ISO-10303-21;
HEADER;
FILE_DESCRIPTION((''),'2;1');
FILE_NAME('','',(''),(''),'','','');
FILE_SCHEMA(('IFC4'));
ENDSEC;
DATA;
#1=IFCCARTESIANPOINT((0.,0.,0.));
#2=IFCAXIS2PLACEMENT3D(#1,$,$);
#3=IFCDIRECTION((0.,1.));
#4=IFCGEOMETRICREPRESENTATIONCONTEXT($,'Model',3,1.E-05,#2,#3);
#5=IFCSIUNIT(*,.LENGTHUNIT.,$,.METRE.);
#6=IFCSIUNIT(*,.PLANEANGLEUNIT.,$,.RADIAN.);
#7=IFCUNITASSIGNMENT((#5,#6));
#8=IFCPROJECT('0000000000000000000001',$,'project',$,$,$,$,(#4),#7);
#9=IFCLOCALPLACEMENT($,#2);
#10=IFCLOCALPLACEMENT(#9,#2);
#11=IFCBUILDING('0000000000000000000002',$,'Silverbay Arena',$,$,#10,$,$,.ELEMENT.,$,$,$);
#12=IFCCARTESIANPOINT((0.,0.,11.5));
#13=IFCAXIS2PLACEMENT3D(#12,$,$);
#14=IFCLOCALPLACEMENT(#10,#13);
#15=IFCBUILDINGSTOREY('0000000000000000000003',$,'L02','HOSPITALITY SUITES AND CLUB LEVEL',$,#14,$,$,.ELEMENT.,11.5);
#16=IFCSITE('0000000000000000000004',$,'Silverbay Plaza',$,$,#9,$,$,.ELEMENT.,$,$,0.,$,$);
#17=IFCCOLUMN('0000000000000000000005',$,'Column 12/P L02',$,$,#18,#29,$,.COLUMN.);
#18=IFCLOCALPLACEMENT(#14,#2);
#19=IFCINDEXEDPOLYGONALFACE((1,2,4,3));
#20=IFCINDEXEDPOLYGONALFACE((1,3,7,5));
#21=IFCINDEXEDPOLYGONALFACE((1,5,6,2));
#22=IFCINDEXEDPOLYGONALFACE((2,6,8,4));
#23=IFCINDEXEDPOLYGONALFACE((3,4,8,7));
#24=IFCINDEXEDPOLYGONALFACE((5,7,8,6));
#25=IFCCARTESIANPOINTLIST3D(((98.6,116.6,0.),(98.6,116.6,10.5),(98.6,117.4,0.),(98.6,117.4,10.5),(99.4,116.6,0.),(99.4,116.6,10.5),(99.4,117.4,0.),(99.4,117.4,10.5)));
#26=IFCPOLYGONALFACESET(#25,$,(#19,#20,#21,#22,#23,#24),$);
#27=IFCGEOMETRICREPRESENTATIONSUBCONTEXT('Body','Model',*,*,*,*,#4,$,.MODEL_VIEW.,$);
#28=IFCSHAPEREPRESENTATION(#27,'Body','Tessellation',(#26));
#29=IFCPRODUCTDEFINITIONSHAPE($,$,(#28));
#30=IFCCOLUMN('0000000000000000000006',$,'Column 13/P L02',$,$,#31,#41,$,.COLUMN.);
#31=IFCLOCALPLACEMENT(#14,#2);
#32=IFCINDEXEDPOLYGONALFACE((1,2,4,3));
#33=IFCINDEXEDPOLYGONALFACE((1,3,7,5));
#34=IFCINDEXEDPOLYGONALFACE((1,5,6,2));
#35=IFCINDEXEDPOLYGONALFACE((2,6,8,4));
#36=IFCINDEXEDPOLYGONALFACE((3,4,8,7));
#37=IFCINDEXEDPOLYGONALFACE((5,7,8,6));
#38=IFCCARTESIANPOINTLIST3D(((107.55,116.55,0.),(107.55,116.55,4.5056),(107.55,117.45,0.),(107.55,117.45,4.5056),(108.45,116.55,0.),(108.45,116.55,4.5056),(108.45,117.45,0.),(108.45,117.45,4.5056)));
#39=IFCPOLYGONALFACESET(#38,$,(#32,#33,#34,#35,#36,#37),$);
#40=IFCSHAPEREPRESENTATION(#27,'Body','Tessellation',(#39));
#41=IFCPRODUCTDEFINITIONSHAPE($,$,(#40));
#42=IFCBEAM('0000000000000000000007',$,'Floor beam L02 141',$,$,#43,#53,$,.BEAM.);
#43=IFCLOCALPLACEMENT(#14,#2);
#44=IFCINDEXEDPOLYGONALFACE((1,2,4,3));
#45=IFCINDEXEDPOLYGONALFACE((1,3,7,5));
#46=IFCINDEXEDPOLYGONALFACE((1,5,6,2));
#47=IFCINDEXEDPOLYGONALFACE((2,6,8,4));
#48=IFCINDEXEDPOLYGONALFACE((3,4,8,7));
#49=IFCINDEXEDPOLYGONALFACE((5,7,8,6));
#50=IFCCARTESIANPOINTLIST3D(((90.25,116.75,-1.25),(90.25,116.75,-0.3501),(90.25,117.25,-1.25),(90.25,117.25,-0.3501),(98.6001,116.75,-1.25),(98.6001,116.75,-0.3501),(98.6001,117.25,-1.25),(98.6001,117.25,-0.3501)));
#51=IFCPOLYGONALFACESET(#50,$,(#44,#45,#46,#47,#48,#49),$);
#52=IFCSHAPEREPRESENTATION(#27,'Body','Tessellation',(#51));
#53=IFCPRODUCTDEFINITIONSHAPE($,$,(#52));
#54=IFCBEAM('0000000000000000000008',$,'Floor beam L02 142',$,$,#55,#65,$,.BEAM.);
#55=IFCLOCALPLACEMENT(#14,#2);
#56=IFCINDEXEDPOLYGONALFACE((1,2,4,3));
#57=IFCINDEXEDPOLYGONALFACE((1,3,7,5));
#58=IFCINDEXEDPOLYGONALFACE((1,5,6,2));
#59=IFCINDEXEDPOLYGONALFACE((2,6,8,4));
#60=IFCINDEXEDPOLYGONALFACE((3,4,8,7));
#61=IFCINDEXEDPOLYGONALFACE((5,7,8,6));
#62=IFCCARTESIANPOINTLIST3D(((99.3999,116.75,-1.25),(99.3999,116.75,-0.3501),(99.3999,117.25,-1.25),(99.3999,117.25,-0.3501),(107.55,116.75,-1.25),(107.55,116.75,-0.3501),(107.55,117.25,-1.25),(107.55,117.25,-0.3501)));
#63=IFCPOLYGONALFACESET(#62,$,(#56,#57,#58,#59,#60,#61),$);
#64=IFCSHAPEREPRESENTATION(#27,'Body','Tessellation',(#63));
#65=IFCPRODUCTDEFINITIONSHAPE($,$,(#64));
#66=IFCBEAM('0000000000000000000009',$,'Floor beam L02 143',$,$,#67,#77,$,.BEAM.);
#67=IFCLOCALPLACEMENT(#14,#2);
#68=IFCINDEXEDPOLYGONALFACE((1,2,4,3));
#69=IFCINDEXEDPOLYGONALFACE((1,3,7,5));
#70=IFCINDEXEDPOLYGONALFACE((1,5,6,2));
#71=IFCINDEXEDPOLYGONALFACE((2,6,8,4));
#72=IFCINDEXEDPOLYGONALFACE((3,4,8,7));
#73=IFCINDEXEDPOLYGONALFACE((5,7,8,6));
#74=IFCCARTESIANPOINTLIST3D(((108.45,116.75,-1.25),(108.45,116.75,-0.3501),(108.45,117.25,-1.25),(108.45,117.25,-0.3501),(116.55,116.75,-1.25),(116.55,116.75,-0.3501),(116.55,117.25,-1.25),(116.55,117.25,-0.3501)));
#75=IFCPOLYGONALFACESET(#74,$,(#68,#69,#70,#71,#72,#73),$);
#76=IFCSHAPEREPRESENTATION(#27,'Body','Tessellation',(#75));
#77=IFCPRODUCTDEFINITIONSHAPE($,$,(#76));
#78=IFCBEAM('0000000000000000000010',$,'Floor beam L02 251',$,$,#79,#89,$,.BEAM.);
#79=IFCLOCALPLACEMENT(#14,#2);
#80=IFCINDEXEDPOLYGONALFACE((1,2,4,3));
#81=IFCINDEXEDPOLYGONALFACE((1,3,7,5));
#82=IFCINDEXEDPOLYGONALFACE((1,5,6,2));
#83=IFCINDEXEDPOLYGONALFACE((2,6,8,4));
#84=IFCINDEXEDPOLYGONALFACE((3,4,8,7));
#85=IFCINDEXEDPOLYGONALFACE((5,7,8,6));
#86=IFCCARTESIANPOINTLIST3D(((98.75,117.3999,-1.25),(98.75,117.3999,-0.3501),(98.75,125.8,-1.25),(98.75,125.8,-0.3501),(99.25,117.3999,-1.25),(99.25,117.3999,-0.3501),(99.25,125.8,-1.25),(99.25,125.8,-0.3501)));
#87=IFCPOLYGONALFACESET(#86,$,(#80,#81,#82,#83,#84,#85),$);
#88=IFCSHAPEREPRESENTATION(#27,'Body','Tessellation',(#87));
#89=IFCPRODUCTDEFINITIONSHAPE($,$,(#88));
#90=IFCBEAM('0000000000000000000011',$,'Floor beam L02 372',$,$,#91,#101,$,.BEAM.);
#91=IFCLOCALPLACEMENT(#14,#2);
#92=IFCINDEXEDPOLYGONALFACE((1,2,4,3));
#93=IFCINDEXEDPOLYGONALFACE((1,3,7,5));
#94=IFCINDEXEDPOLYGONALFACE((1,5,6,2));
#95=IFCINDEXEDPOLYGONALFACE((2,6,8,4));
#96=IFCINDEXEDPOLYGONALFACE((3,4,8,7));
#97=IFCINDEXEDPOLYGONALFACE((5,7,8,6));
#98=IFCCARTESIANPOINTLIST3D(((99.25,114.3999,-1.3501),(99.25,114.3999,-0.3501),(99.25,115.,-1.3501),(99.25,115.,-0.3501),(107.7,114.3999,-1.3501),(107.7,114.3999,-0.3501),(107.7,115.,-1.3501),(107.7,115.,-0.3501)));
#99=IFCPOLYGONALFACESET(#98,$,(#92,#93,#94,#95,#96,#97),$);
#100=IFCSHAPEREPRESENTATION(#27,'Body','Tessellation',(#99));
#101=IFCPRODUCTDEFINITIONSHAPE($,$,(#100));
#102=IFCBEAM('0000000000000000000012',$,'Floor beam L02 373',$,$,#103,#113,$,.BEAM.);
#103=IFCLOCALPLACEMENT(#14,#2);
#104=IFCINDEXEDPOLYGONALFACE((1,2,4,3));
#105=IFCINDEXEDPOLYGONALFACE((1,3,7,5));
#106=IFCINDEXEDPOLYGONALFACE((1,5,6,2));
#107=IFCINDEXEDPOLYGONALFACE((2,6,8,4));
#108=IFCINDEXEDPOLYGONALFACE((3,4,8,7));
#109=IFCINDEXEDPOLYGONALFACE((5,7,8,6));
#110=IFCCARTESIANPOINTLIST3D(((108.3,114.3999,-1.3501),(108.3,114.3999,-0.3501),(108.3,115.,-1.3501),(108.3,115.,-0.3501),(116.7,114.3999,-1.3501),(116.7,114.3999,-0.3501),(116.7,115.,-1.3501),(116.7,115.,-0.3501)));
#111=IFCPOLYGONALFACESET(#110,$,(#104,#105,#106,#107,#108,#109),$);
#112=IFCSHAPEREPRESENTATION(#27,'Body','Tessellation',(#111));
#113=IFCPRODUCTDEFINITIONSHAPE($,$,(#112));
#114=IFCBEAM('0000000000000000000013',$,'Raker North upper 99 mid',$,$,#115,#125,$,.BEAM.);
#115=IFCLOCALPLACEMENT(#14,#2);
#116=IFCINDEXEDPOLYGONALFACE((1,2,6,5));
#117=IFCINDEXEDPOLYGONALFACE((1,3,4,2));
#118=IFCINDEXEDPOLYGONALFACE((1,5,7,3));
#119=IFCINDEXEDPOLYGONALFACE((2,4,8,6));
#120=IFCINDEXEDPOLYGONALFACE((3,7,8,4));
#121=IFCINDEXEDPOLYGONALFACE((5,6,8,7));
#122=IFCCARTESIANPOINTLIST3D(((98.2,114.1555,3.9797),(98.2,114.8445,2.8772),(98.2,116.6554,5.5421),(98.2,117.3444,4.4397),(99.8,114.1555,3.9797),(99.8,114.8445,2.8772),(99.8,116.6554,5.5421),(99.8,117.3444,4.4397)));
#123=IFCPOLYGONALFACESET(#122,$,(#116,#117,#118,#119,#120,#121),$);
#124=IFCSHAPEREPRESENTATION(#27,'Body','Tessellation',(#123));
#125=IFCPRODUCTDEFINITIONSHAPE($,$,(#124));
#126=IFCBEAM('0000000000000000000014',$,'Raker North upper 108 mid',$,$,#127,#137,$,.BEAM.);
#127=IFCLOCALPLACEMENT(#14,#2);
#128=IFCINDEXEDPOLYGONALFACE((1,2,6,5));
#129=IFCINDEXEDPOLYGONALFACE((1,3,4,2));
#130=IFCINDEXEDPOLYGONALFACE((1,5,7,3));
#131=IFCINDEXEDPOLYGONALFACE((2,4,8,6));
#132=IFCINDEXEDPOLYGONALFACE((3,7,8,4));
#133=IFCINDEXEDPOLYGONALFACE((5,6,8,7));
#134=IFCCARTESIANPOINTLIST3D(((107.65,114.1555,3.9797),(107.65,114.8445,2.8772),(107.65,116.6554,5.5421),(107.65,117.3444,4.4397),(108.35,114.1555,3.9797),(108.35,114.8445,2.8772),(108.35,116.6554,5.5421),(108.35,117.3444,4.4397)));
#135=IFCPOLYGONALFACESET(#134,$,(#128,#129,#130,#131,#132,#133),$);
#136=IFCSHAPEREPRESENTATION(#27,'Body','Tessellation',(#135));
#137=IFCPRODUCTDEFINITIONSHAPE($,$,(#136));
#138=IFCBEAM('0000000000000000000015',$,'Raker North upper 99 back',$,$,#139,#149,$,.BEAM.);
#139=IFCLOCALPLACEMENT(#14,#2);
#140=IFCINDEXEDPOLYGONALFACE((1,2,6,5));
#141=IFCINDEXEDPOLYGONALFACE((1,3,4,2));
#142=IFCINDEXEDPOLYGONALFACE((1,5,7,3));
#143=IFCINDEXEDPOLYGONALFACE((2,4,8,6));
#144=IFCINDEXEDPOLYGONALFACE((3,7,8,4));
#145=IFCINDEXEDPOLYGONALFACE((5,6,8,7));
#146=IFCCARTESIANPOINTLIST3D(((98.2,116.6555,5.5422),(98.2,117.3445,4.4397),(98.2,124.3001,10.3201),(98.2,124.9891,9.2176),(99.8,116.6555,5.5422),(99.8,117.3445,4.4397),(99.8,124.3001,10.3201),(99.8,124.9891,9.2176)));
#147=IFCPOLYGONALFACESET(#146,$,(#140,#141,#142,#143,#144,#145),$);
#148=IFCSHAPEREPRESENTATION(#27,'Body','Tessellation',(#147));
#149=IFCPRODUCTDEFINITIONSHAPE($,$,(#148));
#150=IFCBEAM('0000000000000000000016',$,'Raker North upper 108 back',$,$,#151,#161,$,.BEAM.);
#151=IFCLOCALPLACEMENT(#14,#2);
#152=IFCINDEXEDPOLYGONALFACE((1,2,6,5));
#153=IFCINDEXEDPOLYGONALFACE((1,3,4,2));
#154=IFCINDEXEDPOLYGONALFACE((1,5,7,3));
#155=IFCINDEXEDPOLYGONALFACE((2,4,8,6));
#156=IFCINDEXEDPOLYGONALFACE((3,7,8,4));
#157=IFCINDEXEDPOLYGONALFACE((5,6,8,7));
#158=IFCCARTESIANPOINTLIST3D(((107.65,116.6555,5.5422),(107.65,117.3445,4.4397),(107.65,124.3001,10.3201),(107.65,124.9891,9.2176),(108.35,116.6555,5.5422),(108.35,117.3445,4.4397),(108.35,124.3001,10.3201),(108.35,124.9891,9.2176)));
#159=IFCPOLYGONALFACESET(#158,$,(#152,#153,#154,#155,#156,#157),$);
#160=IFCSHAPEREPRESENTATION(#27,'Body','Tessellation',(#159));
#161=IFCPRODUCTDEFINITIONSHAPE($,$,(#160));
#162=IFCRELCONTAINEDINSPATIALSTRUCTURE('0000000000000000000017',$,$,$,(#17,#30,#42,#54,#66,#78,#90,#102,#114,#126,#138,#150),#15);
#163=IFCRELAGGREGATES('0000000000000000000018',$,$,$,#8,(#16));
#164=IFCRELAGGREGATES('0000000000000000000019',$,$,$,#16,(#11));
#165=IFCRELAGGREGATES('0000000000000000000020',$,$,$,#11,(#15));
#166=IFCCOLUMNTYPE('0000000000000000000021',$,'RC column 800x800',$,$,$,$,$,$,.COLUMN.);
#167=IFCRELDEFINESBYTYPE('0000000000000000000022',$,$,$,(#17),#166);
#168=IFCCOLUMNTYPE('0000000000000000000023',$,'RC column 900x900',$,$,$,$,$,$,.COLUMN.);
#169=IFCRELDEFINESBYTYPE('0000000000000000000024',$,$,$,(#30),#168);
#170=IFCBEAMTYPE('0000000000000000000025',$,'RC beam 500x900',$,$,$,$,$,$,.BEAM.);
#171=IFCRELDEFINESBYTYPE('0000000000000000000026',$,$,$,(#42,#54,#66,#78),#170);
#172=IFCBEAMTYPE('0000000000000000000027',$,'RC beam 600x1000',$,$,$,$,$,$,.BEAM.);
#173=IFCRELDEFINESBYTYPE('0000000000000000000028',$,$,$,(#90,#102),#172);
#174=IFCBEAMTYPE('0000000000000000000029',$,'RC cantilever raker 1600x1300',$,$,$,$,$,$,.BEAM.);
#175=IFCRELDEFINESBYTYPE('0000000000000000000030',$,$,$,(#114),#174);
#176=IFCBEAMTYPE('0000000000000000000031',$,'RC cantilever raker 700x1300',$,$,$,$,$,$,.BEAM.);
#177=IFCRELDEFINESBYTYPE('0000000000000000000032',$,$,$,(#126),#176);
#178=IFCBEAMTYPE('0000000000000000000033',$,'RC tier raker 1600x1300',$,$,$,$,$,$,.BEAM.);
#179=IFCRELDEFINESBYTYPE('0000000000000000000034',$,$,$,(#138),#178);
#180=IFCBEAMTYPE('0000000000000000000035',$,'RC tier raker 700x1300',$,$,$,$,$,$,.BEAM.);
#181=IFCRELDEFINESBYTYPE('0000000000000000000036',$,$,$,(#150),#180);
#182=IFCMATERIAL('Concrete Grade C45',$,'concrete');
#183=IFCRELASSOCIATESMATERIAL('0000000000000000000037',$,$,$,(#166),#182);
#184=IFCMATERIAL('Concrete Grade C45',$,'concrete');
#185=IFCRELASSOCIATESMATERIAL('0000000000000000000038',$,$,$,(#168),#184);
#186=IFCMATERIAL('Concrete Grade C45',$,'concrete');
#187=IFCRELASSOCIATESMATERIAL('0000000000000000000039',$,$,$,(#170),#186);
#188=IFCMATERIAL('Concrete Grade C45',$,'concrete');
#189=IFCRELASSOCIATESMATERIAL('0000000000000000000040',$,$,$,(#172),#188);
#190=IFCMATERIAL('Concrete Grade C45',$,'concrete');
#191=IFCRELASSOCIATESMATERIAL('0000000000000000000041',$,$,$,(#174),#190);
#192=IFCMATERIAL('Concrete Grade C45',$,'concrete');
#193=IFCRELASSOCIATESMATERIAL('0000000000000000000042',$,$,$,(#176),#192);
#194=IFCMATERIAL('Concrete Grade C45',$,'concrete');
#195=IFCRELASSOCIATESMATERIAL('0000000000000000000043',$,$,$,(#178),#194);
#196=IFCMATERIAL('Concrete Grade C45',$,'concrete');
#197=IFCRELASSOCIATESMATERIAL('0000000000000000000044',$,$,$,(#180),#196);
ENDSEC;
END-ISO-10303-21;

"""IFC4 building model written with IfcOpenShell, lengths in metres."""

from ifc_helpers import new_model, si_unit, direction, frame, origin, origin_2d, place, context, subcontext, project, spatial, rectangle, extrude, material, material_profile, profile_set, type_object, element, save


model = new_model("IFC4")

# Units and contexts
model_context = context("Model", 3, precision=1e-05, world=origin(), true_north=direction((0.0, 1.0)))
body_context = subcontext(model_context, "Body", "Model", "MODEL_VIEW")
ifc_project = project(units=[si_unit("LENGTHUNIT", "METRE"), si_unit("PLANEANGLEUNIT", "RADIAN")], contexts=[model_context])

# Site, building, storey
site_placement = place(None, origin())
site = spatial("IfcSite", under=ifc_project, at=site_placement, Name="Silverbay Plaza", CompositionType="ELEMENT", RefElevation=0.0)
building_placement = place(site_placement, origin())
building = spatial("IfcBuilding", under=site, at=building_placement, Name="Silverbay Arena", CompositionType="ELEMENT")
storey_placement = place(building_placement, frame((0.0, 0.0, 11.5)))
storey = spatial("IfcBuildingStorey", under=building, at=storey_placement, Name="L02", Description="HOSPITALITY SUITES AND CLUB LEVEL", CompositionType="ELEMENT", Elevation=11.5)

# Columns
ifc_material_1 = material(Name="Concrete Grade C45", Category="concrete")
ifc_material_profile_1 = material_profile(ifc_material_1, rectangle(XDim=0.8, YDim=0.8, at=origin_2d()), Name="RC 800x800")
ifc_profile_set_1 = profile_set([ifc_material_profile_1], Name="Concrete Grade C45")
column_type_1 = type_object("IfcColumnType", Name="RC column 800x800", PredefinedType="COLUMN", material=ifc_profile_set_1)
column_1_placement = place(storey_placement, frame((99.0, 117.0, 0.0), z_axis=(0.0, 0.0, 1.0), x_axis=(1.0, 0.0, 0.0)))
element("IfcColumn", 1, at=column_1_placement, inside=storey, type_object=column_type_1, Name="Column 12/P L02", PredefinedType="COLUMN", context=body_context, shape_type="SweptSolid", body=[
    extrude(rectangle(XDim=0.8, YDim=0.8, at=origin_2d()), origin(), (0.0, 0.0, 1.0), 10.5),
])
ifc_material_2 = material(Name="Concrete Grade C45", Category="concrete")
ifc_material_profile_2 = material_profile(ifc_material_2, rectangle(XDim=0.8999, YDim=0.8999, at=origin_2d()), Name="RC 900x900")
ifc_profile_set_2 = profile_set([ifc_material_profile_2], Name="Concrete Grade C45")
column_type_2 = type_object("IfcColumnType", Name="RC column 900x900", PredefinedType="COLUMN", material=ifc_profile_set_2)
column_2_placement = place(storey_placement, frame((108.0, 117.0, 0.0), z_axis=(0.0, 0.0, 1.0), x_axis=(1.0, 0.0, 0.0)))
element("IfcColumn", 2, at=column_2_placement, inside=storey, type_object=column_type_2, Name="Column 13/P L02", PredefinedType="COLUMN", context=body_context, shape_type="SweptSolid", body=[
    extrude(rectangle(XDim=0.8999, YDim=0.8999, at=origin_2d()), origin(), (0.0, 0.0, 1.0), 4.5056),
])

# Beams
ifc_material_3 = material(Name="Concrete Grade C45", Category="concrete")
ifc_material_profile_3 = material_profile(ifc_material_3, rectangle(XDim=0.5, YDim=0.8999, at=origin_2d()), Name="RC 500x900")
ifc_profile_set_3 = profile_set([ifc_material_profile_3], Name="Concrete Grade C45")
beam_type_1 = type_object("IfcBeamType", Name="RC beam 500x900", PredefinedType="BEAM", material=ifc_profile_set_3)
beam_1_placement = place(storey_placement, frame((90.25, 117.0, -0.8), z_axis=(1.0, 0.0, 0.0), x_axis=(0.0, 1.0, 0.0)))
element("IfcBeam", 3, at=beam_1_placement, inside=storey, type_object=beam_type_1, Name="Floor beam L02 141", PredefinedType="BEAM", context=body_context, shape_type="SweptSolid", body=[
    extrude(rectangle(XDim=0.5, YDim=0.8999, at=origin_2d()), origin(), (0.0, 0.0, 1.0), 8.3501),
])
beam_2_placement = place(storey_placement, frame((99.3999, 117.0, -0.8), z_axis=(1.0, 0.0, 0.0), x_axis=(0.0, 1.0, 0.0)))
element("IfcBeam", 4, at=beam_2_placement, inside=storey, type_object=beam_type_1, Name="Floor beam L02 142", PredefinedType="BEAM", context=body_context, shape_type="SweptSolid", body=[
    extrude(rectangle(XDim=0.5, YDim=0.8999, at=origin_2d()), origin(), (0.0, 0.0, 1.0), 8.1501),
])
beam_3_placement = place(storey_placement, frame((108.45, 117.0, -0.8), z_axis=(1.0, 0.0, 0.0), x_axis=(0.0, 1.0, 0.0)))
element("IfcBeam", 5, at=beam_3_placement, inside=storey, type_object=beam_type_1, Name="Floor beam L02 143", PredefinedType="BEAM", context=body_context, shape_type="SweptSolid", body=[
    extrude(rectangle(XDim=0.5, YDim=0.8999, at=origin_2d()), origin(), (0.0, 0.0, 1.0), 8.1001),
])
beam_4_placement = place(storey_placement, frame((99.0, 117.3999, -0.8), z_axis=(0.0, 1.0, 0.0), x_axis=(-1.0, 0.0, 0.0)))
element("IfcBeam", 6, at=beam_4_placement, inside=storey, type_object=beam_type_1, Name="Floor beam L02 251", PredefinedType="BEAM", context=body_context, shape_type="SweptSolid", body=[
    extrude(rectangle(XDim=0.5, YDim=0.8999, at=origin_2d()), origin(), (0.0, 0.0, 1.0), 8.4001),
])
ifc_material_4 = material(Name="Concrete Grade C45", Category="concrete")
ifc_material_profile_4 = material_profile(ifc_material_4, rectangle(XDim=0.6001, YDim=1.0, at=origin_2d()), Name="RC 600x1000")
ifc_profile_set_4 = profile_set([ifc_material_profile_4], Name="Concrete Grade C45")
beam_type_2 = type_object("IfcBeamType", Name="RC beam 600x1000", PredefinedType="BEAM", material=ifc_profile_set_4)
beam_5_placement = place(storey_placement, frame((99.25, 114.7, -0.8501), z_axis=(1.0, 0.0, 0.0), x_axis=(0.0, 1.0, 0.0)))
element("IfcBeam", 7, at=beam_5_placement, inside=storey, type_object=beam_type_2, Name="Floor beam L02 372", PredefinedType="BEAM", context=body_context, shape_type="SweptSolid", body=[
    extrude(rectangle(XDim=0.6001, YDim=1.0, at=origin_2d()), origin(), (0.0, 0.0, 1.0), 8.45),
])
beam_6_placement = place(storey_placement, frame((108.3, 114.7, -0.8501), z_axis=(1.0, 0.0, 0.0), x_axis=(0.0, 1.0, 0.0)))
element("IfcBeam", 8, at=beam_6_placement, inside=storey, type_object=beam_type_2, Name="Floor beam L02 373", PredefinedType="BEAM", context=body_context, shape_type="SweptSolid", body=[
    extrude(rectangle(XDim=0.6001, YDim=1.0, at=origin_2d()), origin(), (0.0, 0.0, 1.0), 8.3999),
])
ifc_material_5 = material(Name="Concrete Grade C45", Category="concrete")
ifc_material_profile_5 = material_profile(ifc_material_5, rectangle(XDim=1.6001, YDim=1.3, at=origin_2d()), Name="RC 1600x1300")
ifc_profile_set_5 = profile_set([ifc_material_profile_5], Name="Concrete Grade C45")
beam_type_3 = type_object("IfcBeamType", Name="RC cantilever raker 1600x1300", PredefinedType="BEAM", material=ifc_profile_set_5)
beam_7_placement = place(storey_placement, frame((99.0, 114.5, 3.4285), z_axis=(0.0, 0.847998, 0.529999), x_axis=(-1.0, 0.0, 0.0)))
element("IfcBeam", 9, at=beam_7_placement, inside=storey, type_object=beam_type_3, Name="Raker North upper 99 mid", PredefinedType="BEAM", context=body_context, shape_type="SweptSolid", body=[
    extrude(rectangle(XDim=1.6001, YDim=1.3, at=origin_2d()), origin(), (0.0, 0.0, 1.0), 2.948),
])
ifc_material_6 = material(Name="Concrete Grade C45", Category="concrete")
ifc_material_profile_6 = material_profile(ifc_material_6, rectangle(XDim=0.7, YDim=1.3, at=origin_2d()), Name="RC 700x1300")
ifc_profile_set_6 = profile_set([ifc_material_profile_6], Name="Concrete Grade C45")
beam_type_4 = type_object("IfcBeamType", Name="RC cantilever raker 700x1300", PredefinedType="BEAM", material=ifc_profile_set_6)
beam_8_placement = place(storey_placement, frame((108.0, 114.5, 3.4285), z_axis=(0.0, 0.847998, 0.529999), x_axis=(-1.0, 0.0, 0.0)))
element("IfcBeam", 10, at=beam_8_placement, inside=storey, type_object=beam_type_4, Name="Raker North upper 108 mid", PredefinedType="BEAM", context=body_context, shape_type="SweptSolid", body=[
    extrude(rectangle(XDim=0.7, YDim=1.3, at=origin_2d()), origin(), (0.0, 0.0, 1.0), 2.948),
])
ifc_material_7 = material(Name="Concrete Grade C45", Category="concrete")
ifc_material_profile_7 = material_profile(ifc_material_7, rectangle(XDim=1.6001, YDim=1.3, at=origin_2d()), Name="RC 1600x1300")
ifc_profile_set_7 = profile_set([ifc_material_profile_7], Name="Concrete Grade C45")
beam_type_5 = type_object("IfcBeamType", Name="RC tier raker 1600x1300", PredefinedType="BEAM", material=ifc_profile_set_7)
beam_9_placement = place(storey_placement, frame((99.0, 117.0, 4.991), z_axis=(0.0, 0.847998, 0.529999), x_axis=(-1.0, 0.0, 0.0)))
element("IfcBeam", 11, at=beam_9_placement, inside=storey, type_object=beam_type_5, Name="Raker North upper 99 back", PredefinedType="BEAM", context=body_context, shape_type="SweptSolid", body=[
    extrude(rectangle(XDim=1.6001, YDim=1.3, at=origin_2d()), origin(), (0.0, 0.0, 1.0), 9.0149),
])
ifc_material_8 = material(Name="Concrete Grade C45", Category="concrete")
ifc_material_profile_8 = material_profile(ifc_material_8, rectangle(XDim=0.7, YDim=1.3, at=origin_2d()), Name="RC 700x1300")
ifc_profile_set_8 = profile_set([ifc_material_profile_8], Name="Concrete Grade C45")
beam_type_6 = type_object("IfcBeamType", Name="RC tier raker 700x1300", PredefinedType="BEAM", material=ifc_profile_set_8)
beam_10_placement = place(storey_placement, frame((108.0, 117.0, 4.991), z_axis=(0.0, 0.847998, 0.529999), x_axis=(-1.0, 0.0, 0.0)))
element("IfcBeam", 12, at=beam_10_placement, inside=storey, type_object=beam_type_6, Name="Raker North upper 108 back", PredefinedType="BEAM", context=body_context, shape_type="SweptSolid", body=[
    extrude(rectangle(XDim=0.7, YDim=1.3, at=origin_2d()), origin(), (0.0, 0.0, 1.0), 9.0149),
])

save(model, "model.ifc")
